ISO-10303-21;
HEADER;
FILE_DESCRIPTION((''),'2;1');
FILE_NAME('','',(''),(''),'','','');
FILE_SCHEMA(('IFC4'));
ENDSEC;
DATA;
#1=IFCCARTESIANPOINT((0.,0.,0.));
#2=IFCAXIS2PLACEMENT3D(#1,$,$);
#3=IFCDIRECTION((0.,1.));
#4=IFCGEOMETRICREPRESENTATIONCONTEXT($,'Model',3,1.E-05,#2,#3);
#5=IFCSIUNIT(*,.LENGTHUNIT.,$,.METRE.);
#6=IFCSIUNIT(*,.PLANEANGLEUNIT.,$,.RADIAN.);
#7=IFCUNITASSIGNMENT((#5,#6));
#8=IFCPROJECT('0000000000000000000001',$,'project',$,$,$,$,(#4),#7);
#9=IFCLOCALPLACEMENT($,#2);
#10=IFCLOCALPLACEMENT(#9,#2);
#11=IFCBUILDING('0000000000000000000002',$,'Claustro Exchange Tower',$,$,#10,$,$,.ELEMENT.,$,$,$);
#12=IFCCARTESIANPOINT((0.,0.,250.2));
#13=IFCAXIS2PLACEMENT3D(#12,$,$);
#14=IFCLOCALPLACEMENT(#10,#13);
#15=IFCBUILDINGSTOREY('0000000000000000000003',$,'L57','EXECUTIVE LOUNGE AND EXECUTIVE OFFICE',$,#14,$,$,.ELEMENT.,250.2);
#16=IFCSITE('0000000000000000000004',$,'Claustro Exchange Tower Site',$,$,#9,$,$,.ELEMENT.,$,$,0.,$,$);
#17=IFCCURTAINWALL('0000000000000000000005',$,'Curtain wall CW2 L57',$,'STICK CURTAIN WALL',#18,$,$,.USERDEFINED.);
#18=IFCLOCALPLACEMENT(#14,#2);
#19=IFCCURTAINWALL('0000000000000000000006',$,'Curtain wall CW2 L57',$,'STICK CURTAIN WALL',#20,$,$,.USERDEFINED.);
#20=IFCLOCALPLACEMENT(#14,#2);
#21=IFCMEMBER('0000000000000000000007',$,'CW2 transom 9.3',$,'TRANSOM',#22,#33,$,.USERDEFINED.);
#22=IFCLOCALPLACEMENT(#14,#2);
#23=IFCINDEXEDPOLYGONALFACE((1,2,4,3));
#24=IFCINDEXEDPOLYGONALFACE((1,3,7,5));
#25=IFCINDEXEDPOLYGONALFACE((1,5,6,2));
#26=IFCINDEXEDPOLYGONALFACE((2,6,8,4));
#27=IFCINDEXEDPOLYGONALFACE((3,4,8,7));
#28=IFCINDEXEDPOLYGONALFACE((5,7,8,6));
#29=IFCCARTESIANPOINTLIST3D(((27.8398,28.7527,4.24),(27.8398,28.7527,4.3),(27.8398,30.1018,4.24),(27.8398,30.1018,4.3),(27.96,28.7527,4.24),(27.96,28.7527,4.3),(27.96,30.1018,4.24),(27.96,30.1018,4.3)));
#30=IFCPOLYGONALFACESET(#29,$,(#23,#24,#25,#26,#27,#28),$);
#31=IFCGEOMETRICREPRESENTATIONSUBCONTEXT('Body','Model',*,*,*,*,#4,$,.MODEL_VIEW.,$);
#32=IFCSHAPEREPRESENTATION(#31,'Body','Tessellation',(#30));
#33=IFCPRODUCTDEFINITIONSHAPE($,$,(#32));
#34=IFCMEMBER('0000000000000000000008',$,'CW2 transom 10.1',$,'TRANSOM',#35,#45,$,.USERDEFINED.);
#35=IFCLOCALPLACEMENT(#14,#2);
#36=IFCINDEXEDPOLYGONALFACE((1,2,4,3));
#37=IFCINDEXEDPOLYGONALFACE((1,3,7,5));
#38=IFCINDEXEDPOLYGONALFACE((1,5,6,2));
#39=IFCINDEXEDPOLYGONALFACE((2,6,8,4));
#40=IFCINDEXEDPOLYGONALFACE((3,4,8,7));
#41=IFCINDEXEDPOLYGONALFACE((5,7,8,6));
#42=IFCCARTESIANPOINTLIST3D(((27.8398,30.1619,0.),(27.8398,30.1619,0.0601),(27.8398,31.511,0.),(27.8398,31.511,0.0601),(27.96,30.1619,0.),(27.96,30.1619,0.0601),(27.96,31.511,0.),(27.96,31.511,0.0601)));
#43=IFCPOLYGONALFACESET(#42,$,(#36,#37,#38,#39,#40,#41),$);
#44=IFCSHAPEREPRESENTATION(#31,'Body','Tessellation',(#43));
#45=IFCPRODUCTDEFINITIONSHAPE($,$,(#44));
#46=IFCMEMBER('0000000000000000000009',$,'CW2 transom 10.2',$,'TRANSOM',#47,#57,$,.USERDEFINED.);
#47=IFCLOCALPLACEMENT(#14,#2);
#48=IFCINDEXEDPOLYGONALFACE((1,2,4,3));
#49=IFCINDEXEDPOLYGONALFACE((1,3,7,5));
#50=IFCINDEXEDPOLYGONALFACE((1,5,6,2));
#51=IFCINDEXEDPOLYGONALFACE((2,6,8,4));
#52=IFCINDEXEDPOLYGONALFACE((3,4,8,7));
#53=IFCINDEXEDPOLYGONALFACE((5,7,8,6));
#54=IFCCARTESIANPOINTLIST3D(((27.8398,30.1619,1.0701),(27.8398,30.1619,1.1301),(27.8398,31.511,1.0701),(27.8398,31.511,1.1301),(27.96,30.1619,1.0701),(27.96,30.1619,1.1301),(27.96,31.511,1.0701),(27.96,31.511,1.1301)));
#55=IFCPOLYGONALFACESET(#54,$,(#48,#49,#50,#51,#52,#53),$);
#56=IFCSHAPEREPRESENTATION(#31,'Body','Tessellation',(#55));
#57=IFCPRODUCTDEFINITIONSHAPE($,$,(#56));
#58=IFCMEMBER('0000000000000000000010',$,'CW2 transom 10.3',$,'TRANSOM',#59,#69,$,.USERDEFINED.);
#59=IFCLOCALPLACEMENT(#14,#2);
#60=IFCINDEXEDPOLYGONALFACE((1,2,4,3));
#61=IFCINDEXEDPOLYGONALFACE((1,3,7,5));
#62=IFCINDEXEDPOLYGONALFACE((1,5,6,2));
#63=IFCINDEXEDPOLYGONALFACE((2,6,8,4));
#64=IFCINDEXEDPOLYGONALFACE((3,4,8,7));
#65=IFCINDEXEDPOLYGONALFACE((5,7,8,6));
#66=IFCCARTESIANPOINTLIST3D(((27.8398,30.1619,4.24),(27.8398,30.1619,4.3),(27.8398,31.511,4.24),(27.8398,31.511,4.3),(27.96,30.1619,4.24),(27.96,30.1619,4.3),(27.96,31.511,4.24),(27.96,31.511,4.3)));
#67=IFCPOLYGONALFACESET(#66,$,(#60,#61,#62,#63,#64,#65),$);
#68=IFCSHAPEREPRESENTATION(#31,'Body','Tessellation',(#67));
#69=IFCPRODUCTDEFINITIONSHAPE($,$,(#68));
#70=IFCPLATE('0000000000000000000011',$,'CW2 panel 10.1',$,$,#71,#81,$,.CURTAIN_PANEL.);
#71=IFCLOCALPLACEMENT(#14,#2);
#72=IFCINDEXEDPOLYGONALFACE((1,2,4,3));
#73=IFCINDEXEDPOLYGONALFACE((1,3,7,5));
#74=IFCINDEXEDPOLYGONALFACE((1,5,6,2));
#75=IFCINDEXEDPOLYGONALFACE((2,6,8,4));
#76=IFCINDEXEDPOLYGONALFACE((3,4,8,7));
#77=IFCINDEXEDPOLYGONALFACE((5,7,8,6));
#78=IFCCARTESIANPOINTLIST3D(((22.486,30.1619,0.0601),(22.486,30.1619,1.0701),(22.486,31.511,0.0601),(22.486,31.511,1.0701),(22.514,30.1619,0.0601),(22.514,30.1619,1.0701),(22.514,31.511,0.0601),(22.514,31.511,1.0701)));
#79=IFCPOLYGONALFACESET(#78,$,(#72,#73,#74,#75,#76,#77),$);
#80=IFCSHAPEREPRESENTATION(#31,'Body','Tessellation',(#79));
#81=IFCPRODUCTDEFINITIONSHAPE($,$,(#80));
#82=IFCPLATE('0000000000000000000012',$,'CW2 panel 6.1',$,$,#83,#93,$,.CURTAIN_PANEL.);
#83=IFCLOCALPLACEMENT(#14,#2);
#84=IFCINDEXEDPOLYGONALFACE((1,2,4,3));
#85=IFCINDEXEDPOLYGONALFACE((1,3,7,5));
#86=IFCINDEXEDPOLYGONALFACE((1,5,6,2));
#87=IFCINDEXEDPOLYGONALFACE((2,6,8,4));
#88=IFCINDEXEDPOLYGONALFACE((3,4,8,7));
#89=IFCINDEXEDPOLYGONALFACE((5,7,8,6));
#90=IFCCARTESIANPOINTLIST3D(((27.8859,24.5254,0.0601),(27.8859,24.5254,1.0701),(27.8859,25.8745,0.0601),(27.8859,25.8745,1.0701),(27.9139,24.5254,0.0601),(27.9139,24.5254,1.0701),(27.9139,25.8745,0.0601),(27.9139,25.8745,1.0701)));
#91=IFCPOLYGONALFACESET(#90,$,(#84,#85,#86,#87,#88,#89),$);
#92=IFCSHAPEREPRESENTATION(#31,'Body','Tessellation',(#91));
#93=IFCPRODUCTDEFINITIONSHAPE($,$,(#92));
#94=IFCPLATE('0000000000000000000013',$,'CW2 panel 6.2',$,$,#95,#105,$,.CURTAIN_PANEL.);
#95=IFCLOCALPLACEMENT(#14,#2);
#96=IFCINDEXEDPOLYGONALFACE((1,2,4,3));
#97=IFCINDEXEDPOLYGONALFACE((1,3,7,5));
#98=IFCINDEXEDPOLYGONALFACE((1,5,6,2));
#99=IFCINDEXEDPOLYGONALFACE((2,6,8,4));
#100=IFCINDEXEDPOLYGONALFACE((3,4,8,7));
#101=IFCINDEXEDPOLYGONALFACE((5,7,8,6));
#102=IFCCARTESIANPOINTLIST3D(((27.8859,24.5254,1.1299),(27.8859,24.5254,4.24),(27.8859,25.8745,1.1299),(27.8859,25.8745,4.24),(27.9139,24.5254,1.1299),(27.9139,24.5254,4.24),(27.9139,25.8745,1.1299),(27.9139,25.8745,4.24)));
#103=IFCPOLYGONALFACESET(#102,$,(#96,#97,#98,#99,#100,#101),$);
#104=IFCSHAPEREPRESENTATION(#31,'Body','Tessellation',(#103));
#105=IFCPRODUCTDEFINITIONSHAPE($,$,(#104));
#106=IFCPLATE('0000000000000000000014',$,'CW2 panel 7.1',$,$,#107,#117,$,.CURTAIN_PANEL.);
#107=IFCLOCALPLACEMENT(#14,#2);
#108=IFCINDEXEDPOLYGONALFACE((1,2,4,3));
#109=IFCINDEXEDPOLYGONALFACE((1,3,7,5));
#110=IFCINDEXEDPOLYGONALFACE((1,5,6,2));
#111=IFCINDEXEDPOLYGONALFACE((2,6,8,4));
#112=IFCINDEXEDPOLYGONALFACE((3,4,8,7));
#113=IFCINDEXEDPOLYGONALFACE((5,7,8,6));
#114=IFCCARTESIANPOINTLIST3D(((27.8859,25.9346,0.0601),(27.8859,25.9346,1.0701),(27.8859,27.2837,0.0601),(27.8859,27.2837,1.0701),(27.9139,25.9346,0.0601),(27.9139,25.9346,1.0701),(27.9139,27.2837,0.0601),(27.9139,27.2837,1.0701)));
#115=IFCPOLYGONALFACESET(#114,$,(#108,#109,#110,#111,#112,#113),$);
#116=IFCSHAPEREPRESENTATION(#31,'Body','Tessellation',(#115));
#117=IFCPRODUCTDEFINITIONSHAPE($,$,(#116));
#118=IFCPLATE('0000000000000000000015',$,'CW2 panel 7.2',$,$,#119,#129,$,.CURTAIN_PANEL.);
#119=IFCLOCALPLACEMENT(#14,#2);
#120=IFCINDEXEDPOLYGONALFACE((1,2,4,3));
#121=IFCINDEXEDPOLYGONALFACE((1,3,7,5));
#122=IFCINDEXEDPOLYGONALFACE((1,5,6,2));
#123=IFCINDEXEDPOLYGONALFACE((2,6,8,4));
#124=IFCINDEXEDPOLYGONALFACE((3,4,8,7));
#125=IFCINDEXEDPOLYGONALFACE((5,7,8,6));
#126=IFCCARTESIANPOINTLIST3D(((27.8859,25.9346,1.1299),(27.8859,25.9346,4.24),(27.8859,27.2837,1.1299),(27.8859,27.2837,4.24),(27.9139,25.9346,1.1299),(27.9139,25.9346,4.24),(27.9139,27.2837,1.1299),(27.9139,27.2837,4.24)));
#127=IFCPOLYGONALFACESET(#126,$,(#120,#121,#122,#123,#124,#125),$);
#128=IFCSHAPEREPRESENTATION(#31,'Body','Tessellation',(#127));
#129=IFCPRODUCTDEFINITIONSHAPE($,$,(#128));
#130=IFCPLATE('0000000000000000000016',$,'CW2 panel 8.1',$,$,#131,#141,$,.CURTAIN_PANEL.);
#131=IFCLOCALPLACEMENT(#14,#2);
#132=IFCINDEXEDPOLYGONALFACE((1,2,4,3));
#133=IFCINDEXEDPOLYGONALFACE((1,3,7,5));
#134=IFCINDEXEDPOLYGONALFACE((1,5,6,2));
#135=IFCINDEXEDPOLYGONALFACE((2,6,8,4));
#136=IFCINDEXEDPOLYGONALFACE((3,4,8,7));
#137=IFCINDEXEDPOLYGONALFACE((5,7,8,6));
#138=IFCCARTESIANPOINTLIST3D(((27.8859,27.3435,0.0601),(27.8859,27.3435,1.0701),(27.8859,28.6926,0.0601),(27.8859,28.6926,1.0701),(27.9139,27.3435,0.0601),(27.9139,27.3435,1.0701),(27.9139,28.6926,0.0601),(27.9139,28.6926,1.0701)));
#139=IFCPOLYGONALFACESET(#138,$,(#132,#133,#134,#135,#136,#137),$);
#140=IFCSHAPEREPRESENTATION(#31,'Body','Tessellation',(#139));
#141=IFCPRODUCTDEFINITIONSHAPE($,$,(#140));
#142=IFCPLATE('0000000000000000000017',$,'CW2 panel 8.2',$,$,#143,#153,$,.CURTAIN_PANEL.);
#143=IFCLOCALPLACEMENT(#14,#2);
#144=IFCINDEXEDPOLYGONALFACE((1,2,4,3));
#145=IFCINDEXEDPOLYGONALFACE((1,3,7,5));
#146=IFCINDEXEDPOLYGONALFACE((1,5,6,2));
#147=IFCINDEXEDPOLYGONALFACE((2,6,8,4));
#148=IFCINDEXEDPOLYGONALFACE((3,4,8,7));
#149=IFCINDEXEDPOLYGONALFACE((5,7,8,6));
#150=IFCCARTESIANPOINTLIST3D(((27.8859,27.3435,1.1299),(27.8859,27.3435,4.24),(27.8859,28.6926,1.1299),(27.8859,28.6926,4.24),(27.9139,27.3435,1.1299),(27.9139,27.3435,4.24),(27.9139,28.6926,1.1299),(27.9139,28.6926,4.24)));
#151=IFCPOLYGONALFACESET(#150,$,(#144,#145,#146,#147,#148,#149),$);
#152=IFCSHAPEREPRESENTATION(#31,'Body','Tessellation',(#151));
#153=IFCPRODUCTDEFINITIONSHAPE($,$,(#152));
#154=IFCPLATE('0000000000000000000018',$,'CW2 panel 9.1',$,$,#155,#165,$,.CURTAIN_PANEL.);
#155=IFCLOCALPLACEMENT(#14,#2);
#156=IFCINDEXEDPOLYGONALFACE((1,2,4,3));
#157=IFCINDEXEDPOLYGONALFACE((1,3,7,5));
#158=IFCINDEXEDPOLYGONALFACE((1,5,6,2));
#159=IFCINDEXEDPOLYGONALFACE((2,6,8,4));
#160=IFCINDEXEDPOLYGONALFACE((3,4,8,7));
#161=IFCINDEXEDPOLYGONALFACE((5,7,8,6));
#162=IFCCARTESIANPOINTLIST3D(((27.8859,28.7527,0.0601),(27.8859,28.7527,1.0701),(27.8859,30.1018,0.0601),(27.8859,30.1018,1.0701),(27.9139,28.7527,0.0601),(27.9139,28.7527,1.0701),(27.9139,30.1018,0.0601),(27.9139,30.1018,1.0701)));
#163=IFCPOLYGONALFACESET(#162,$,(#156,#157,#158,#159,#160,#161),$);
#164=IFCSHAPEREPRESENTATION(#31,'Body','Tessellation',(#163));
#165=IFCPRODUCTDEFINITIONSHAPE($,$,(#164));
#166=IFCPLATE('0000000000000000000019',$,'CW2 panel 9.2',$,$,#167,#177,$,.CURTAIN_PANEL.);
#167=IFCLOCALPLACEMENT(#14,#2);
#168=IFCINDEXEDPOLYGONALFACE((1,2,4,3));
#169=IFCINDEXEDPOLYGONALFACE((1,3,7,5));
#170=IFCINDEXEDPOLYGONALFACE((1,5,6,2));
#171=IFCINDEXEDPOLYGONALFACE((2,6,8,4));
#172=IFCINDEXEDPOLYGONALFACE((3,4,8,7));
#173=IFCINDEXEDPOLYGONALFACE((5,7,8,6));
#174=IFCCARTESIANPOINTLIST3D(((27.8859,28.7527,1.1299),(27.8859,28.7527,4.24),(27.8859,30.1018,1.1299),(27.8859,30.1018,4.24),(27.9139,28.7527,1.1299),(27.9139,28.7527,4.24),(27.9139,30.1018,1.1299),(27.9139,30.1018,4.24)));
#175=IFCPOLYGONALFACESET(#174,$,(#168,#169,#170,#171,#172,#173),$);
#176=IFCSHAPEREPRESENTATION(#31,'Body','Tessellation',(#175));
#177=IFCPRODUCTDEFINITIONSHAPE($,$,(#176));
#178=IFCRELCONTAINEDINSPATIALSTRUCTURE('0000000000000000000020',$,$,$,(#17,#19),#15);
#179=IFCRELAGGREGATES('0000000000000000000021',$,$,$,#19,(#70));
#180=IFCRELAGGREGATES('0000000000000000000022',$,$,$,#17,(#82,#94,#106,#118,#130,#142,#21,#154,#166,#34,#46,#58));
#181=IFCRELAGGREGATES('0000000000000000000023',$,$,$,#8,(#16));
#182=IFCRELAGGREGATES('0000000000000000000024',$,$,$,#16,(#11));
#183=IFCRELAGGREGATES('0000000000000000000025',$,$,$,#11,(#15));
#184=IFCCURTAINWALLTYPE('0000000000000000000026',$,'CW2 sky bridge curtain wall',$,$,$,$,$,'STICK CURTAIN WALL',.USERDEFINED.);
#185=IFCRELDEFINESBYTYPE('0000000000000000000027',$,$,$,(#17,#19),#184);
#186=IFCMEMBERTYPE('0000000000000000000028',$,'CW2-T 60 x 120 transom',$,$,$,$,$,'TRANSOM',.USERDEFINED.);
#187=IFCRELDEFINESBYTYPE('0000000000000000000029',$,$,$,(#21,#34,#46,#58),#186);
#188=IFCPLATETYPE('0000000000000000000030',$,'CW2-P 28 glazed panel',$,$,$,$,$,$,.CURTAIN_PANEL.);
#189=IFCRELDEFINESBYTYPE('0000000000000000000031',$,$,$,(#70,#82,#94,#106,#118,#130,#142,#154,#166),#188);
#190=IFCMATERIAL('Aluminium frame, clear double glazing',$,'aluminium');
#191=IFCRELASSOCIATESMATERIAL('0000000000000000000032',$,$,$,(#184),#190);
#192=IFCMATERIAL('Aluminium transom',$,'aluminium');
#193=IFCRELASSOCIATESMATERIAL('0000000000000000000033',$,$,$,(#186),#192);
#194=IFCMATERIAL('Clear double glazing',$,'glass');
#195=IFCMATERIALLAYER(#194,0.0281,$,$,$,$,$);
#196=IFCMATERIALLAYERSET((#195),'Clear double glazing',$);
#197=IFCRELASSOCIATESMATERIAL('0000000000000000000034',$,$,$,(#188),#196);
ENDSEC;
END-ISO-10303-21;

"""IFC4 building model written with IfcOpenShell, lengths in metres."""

from ifc_helpers import new_model, si_unit, direction, frame, origin, origin_2d, place, context, subcontext, project, spatial, rectangle, extrude, material, layer, layer_set, material_profile, profile_set, type_object, element, aggregate, save


model = new_model("IFC4")

# Units and contexts
model_context = context("Model", 3, precision=1e-05, world=origin(), true_north=direction((0.0, 1.0)))
body_context = subcontext(model_context, "Body", "Model", "MODEL_VIEW")
ifc_project = project(units=[si_unit("LENGTHUNIT", "METRE"), si_unit("PLANEANGLEUNIT", "RADIAN")], contexts=[model_context])

# Site, building, storey
site_placement = place(None, origin())
site = spatial("IfcSite", under=ifc_project, at=site_placement, Name="Claustro Exchange Tower Site", CompositionType="ELEMENT", RefElevation=0.0)
building_placement = place(site_placement, origin())
building = spatial("IfcBuilding", under=site, at=building_placement, Name="Claustro Exchange Tower", CompositionType="ELEMENT")
storey_placement = place(building_placement, frame((0.0, 0.0, 250.2)))
storey = spatial("IfcBuildingStorey", under=building, at=storey_placement, Name="L57", Description="EXECUTIVE LOUNGE AND EXECUTIVE OFFICE", CompositionType="ELEMENT", Elevation=250.2)

# Curtain walls
ifc_material_1 = material(Name="Aluminium frame, clear double glazing", Category="aluminium")
curtain_wall_type = type_object("IfcCurtainWallType", Name="CW2 sky bridge curtain wall", ElementType="STICK CURTAIN WALL", PredefinedType="USERDEFINED", material=ifc_material_1)
curtain_wall_1_placement = place(storey_placement, origin())
curtain_wall_1 = element("IfcCurtainWall", 1, at=curtain_wall_1_placement, inside=storey, type_object=curtain_wall_type, Name="Curtain wall CW2 L57", ObjectType="STICK CURTAIN WALL", PredefinedType="USERDEFINED")
curtain_wall_2_placement = place(storey_placement, origin())
curtain_wall_2 = element("IfcCurtainWall", 2, at=curtain_wall_2_placement, inside=storey, type_object=curtain_wall_type, Name="Curtain wall CW2 L57", ObjectType="STICK CURTAIN WALL", PredefinedType="USERDEFINED")
ifc_material_2 = material(Name="Aluminium transom", Category="aluminium")
ifc_material_profile_1 = material_profile(ifc_material_2, rectangle(XDim=0.1201, YDim=0.0601, at=origin_2d()), Name="CW2-T 60x120")
ifc_profile_set_1 = profile_set([ifc_material_profile_1], Name="Aluminium transom")
member_type_1 = type_object("IfcMemberType", Name="CW2-T 60 x 120 transom", ElementType="TRANSOM", PredefinedType="USERDEFINED", material=ifc_profile_set_1)

# Members
member_1_placement = place(storey_placement, frame((27.8999, 28.7527, 4.27), z_axis=(0.0, 1.0, 0.0), x_axis=(-1.0, 0.0, 0.0)))
member_1 = element("IfcMember", 3, at=member_1_placement, type_object=member_type_1, Name="CW2 transom 9.3", ObjectType="TRANSOM", PredefinedType="USERDEFINED", context=body_context, shape_type="SweptSolid", body=[
    extrude(rectangle(XDim=0.1201, YDim=0.0601, at=origin_2d()), origin(), (0.0, 0.0, 1.0), 1.3491),
])
member_2_placement = place(storey_placement, frame((27.8999, 30.1619, 0.03), z_axis=(0.0, 1.0, 0.0), x_axis=(-1.0, 0.0, 0.0)))
member_2 = element("IfcMember", 4, at=member_2_placement, type_object=member_type_1, Name="CW2 transom 10.1", ObjectType="TRANSOM", PredefinedType="USERDEFINED", context=body_context, shape_type="SweptSolid", body=[
    extrude(rectangle(XDim=0.1201, YDim=0.0601, at=origin_2d()), origin(), (0.0, 0.0, 1.0), 1.3491),
])
member_3_placement = place(storey_placement, frame((27.8999, 30.1619, 1.1001), z_axis=(0.0, 1.0, 0.0), x_axis=(-1.0, 0.0, 0.0)))
member_3 = element("IfcMember", 5, at=member_3_placement, type_object=member_type_1, Name="CW2 transom 10.2", ObjectType="TRANSOM", PredefinedType="USERDEFINED", context=body_context, shape_type="SweptSolid", body=[
    extrude(rectangle(XDim=0.1201, YDim=0.0601, at=origin_2d()), origin(), (0.0, 0.0, 1.0), 1.3491),
])
member_4_placement = place(storey_placement, frame((27.8999, 30.1619, 4.27), z_axis=(0.0, 1.0, 0.0), x_axis=(-1.0, 0.0, 0.0)))
member_4 = element("IfcMember", 6, at=member_4_placement, type_object=member_type_1, Name="CW2 transom 10.3", ObjectType="TRANSOM", PredefinedType="USERDEFINED", context=body_context, shape_type="SweptSolid", body=[
    extrude(rectangle(XDim=0.1201, YDim=0.0601, at=origin_2d()), origin(), (0.0, 0.0, 1.0), 1.3491),
])

# Plates
ifc_material_3 = material(Name="Clear double glazing", Category="glass")
ifc_layer = layer(ifc_material_3, 0.0281)
ifc_layer_set = layer_set([ifc_layer], Name="Clear double glazing")
plate_type = type_object("IfcPlateType", Name="CW2-P 28 glazed panel", PredefinedType="CURTAIN_PANEL", material=ifc_layer_set)
plate_1_placement = place(storey_placement, frame((22.5, 30.8364, 0.0601), z_axis=(0.0, 0.0, 1.0), x_axis=(0.0, 1.0, 0.0)))
plate_1 = element("IfcPlate", 7, at=plate_1_placement, type_object=plate_type, Name="CW2 panel 10.1", PredefinedType="CURTAIN_PANEL", context=body_context, shape_type="SweptSolid", body=[
    extrude(rectangle(XDim=1.3491, YDim=0.0281, at=origin_2d()), origin(), (0.0, 0.0, 1.0), 1.01),
])
aggregate(curtain_wall_2, [plate_1])
plate_2_placement = place(storey_placement, frame((27.8999, 25.2, 0.0601), z_axis=(0.0, 0.0, 1.0), x_axis=(0.0, 1.0, 0.0)))
plate_2 = element("IfcPlate", 8, at=plate_2_placement, type_object=plate_type, Name="CW2 panel 6.1", PredefinedType="CURTAIN_PANEL", context=body_context, shape_type="SweptSolid", body=[
    extrude(rectangle(XDim=1.3491, YDim=0.0281, at=origin_2d()), origin(), (0.0, 0.0, 1.0), 1.01),
])
plate_3_placement = place(storey_placement, frame((27.8999, 25.2, 1.1299), z_axis=(0.0, 0.0, 1.0), x_axis=(0.0, 1.0, 0.0)))
plate_3 = element("IfcPlate", 9, at=plate_3_placement, type_object=plate_type, Name="CW2 panel 6.2", PredefinedType="CURTAIN_PANEL", context=body_context, shape_type="SweptSolid", body=[
    extrude(rectangle(XDim=1.3491, YDim=0.0281, at=origin_2d()), origin(), (0.0, 0.0, 1.0), 3.1101),
])
plate_4_placement = place(storey_placement, frame((27.8999, 26.6091, 0.0601), z_axis=(0.0, 0.0, 1.0), x_axis=(0.0, 1.0, 0.0)))
plate_4 = element("IfcPlate", 10, at=plate_4_placement, type_object=plate_type, Name="CW2 panel 7.1", PredefinedType="CURTAIN_PANEL", context=body_context, shape_type="SweptSolid", body=[
    extrude(rectangle(XDim=1.3491, YDim=0.0281, at=origin_2d()), origin(), (0.0, 0.0, 1.0), 1.01),
])
plate_5_placement = place(storey_placement, frame((27.8999, 26.6091, 1.1299), z_axis=(0.0, 0.0, 1.0), x_axis=(0.0, 1.0, 0.0)))
plate_5 = element("IfcPlate", 11, at=plate_5_placement, type_object=plate_type, Name="CW2 panel 7.2", PredefinedType="CURTAIN_PANEL", context=body_context, shape_type="SweptSolid", body=[
    extrude(rectangle(XDim=1.3491, YDim=0.0281, at=origin_2d()), origin(), (0.0, 0.0, 1.0), 3.1101),
])
plate_6_placement = place(storey_placement, frame((27.8999, 28.0181, 0.0601), z_axis=(0.0, 0.0, 1.0), x_axis=(0.0, 1.0, 0.0)))
plate_6 = element("IfcPlate", 12, at=plate_6_placement, type_object=plate_type, Name="CW2 panel 8.1", PredefinedType="CURTAIN_PANEL", context=body_context, shape_type="SweptSolid", body=[
    extrude(rectangle(XDim=1.3491, YDim=0.0281, at=origin_2d()), origin(), (0.0, 0.0, 1.0), 1.01),
])
plate_7_placement = place(storey_placement, frame((27.8999, 28.0181, 1.1299), z_axis=(0.0, 0.0, 1.0), x_axis=(0.0, 1.0, 0.0)))
plate_7 = element("IfcPlate", 13, at=plate_7_placement, type_object=plate_type, Name="CW2 panel 8.2", PredefinedType="CURTAIN_PANEL", context=body_context, shape_type="SweptSolid", body=[
    extrude(rectangle(XDim=1.3491, YDim=0.0281, at=origin_2d()), origin(), (0.0, 0.0, 1.0), 3.1101),
])
plate_8_placement = place(storey_placement, frame((27.8999, 29.4272, 0.0601), z_axis=(0.0, 0.0, 1.0), x_axis=(0.0, 1.0, 0.0)))
plate_8 = element("IfcPlate", 14, at=plate_8_placement, type_object=plate_type, Name="CW2 panel 9.1", PredefinedType="CURTAIN_PANEL", context=body_context, shape_type="SweptSolid", body=[
    extrude(rectangle(XDim=1.3491, YDim=0.0281, at=origin_2d()), origin(), (0.0, 0.0, 1.0), 1.01),
])
plate_9_placement = place(storey_placement, frame((27.8999, 29.4272, 1.1299), z_axis=(0.0, 0.0, 1.0), x_axis=(0.0, 1.0, 0.0)))
plate_9 = element("IfcPlate", 15, at=plate_9_placement, type_object=plate_type, Name="CW2 panel 9.2", PredefinedType="CURTAIN_PANEL", context=body_context, shape_type="SweptSolid", body=[
    extrude(rectangle(XDim=1.3491, YDim=0.0281, at=origin_2d()), origin(), (0.0, 0.0, 1.0), 3.1101),
])
aggregate(curtain_wall_1, [plate_2, plate_3, plate_4, plate_5, plate_6, plate_7, member_1, plate_8, plate_9, member_2, member_3, member_4])

save(model, "model.ifc")
